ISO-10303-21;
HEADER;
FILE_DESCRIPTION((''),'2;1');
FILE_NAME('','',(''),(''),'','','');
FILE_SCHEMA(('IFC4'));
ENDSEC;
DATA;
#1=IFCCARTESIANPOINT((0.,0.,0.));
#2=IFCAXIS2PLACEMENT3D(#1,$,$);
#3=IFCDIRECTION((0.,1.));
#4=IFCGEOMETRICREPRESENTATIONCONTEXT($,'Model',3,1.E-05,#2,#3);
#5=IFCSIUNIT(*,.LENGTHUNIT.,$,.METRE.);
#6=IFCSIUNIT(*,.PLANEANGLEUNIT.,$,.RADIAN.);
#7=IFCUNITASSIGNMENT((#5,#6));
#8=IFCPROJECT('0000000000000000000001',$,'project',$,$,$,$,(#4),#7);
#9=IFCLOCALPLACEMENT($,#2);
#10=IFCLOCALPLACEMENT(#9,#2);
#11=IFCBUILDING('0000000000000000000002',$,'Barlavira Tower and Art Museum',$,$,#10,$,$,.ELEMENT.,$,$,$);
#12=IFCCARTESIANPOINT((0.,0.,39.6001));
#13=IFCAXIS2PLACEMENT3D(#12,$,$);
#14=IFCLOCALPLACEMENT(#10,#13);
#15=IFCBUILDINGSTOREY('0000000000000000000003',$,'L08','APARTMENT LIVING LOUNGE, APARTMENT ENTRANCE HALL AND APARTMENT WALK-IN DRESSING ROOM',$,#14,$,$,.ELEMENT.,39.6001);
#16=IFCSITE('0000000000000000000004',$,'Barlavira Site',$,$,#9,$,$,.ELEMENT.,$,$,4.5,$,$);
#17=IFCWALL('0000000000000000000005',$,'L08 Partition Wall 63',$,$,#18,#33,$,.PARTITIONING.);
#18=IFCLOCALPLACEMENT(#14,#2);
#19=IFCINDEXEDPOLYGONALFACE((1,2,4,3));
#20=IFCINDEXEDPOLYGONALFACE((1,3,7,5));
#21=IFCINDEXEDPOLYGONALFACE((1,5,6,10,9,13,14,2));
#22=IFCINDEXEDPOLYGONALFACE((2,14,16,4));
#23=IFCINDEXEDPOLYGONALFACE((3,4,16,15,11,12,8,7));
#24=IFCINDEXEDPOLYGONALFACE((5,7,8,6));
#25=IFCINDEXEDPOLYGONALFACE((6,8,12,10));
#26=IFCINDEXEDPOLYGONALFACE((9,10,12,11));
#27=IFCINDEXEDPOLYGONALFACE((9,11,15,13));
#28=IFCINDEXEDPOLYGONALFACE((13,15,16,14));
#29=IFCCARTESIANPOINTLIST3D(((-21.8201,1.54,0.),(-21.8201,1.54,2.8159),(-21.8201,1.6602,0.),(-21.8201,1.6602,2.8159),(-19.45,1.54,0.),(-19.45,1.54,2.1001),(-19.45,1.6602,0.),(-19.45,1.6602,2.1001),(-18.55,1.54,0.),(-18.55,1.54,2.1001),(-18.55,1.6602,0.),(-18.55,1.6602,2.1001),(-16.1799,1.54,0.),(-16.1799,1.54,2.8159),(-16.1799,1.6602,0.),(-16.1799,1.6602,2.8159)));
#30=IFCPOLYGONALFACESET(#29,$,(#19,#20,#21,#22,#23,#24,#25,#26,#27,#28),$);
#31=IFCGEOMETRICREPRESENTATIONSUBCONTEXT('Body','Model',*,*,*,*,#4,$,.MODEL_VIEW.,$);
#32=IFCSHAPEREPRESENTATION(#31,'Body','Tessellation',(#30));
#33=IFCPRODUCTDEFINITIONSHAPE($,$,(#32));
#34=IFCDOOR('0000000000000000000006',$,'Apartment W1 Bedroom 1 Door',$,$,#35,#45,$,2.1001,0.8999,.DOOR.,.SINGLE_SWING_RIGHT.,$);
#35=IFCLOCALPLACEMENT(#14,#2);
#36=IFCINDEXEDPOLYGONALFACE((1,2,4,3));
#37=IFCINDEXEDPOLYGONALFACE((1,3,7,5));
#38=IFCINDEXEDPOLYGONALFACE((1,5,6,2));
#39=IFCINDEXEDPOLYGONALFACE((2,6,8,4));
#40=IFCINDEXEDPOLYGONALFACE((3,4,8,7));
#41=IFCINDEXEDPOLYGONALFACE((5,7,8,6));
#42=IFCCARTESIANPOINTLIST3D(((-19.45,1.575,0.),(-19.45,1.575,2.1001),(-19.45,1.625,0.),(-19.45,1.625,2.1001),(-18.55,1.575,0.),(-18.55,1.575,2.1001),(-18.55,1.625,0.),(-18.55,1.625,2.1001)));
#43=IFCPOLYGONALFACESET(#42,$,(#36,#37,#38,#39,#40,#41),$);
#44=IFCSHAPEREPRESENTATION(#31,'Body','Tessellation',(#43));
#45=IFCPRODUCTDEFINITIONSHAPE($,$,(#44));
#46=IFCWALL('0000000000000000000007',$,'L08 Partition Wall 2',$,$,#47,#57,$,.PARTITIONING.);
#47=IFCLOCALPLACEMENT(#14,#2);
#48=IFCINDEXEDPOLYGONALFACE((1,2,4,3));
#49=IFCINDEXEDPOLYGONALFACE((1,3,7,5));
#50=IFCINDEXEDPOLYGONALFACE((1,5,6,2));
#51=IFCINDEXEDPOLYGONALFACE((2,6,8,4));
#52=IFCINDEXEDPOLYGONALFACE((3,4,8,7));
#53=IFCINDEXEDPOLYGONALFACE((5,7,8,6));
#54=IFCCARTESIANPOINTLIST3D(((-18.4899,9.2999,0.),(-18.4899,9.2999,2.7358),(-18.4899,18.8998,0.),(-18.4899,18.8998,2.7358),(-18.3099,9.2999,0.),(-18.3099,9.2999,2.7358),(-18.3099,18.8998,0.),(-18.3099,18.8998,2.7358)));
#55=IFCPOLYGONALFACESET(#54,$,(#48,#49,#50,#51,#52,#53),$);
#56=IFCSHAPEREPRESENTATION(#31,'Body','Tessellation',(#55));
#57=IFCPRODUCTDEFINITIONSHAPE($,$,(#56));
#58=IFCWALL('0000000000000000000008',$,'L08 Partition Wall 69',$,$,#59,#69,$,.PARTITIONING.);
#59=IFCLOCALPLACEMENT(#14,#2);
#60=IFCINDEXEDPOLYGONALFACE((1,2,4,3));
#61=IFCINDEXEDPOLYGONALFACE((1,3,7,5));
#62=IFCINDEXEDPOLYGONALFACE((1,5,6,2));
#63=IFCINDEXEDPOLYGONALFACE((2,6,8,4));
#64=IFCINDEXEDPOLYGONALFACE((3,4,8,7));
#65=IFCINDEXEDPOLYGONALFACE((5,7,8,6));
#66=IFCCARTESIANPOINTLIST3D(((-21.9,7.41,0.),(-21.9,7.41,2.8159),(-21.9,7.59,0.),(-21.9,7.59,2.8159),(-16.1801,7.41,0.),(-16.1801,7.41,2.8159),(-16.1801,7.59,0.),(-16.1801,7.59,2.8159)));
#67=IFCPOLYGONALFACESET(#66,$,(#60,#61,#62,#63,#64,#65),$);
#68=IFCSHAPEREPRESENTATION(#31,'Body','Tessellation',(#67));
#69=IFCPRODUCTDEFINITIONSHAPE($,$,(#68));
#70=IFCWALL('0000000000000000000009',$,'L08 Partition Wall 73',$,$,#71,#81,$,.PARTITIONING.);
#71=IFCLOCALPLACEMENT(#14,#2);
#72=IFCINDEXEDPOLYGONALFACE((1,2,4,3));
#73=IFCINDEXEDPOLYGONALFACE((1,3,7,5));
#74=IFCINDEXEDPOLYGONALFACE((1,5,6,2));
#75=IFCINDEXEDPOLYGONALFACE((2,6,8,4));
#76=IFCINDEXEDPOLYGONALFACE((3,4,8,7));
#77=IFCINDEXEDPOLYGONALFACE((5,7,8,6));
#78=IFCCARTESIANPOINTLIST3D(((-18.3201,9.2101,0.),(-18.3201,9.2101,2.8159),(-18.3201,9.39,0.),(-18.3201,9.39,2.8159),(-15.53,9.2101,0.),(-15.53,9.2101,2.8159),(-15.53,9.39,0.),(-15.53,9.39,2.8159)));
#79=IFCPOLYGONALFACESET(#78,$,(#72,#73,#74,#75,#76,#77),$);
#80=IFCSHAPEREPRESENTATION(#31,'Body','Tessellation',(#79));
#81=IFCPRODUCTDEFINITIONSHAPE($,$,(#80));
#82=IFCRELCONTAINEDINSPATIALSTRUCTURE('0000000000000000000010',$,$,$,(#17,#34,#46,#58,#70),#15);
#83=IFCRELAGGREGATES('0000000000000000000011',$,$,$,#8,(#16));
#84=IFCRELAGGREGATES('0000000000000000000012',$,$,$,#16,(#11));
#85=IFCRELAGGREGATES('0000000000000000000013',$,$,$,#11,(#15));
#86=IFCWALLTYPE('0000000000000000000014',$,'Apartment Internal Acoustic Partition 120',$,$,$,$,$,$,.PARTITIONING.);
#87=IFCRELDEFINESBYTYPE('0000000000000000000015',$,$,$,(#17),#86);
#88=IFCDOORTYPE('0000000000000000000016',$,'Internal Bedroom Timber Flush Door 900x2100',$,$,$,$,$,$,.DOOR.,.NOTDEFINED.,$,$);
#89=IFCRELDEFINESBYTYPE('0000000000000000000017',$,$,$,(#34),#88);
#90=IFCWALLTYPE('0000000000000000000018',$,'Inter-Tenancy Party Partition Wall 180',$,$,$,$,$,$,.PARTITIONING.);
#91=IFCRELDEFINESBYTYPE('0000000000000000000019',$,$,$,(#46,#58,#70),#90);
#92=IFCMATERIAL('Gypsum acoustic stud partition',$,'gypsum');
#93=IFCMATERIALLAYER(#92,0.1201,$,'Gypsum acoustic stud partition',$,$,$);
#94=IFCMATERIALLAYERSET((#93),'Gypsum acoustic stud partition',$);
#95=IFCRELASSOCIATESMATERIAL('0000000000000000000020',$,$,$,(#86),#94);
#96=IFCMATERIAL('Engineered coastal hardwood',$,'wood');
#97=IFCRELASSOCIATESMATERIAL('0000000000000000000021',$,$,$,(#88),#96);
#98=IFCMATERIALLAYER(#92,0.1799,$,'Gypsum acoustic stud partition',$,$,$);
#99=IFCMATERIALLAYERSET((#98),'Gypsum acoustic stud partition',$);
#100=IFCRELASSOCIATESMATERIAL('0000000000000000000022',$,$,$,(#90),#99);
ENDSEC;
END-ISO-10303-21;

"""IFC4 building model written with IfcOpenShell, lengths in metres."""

from ifc_helpers import new_model, si_unit, direction, frame, frame_2d, origin, place, context, subcontext, project, spatial, rectangle, extrude, material, layer, layer_set, type_object, element, fill, save


model = new_model("IFC4")

# Units and contexts
model_context = context("Model", 3, precision=1e-05, world=origin(), true_north=direction((0.0, 1.0)))
body_context = subcontext(model_context, "Body", "Model", "MODEL_VIEW")
ifc_project = project(units=[si_unit("LENGTHUNIT", "METRE"), si_unit("PLANEANGLEUNIT", "RADIAN")], contexts=[model_context])

# Site, building, storey
site_placement = place(None, origin())
site = spatial("IfcSite", under=ifc_project, at=site_placement, Name="Barlavira Site", CompositionType="ELEMENT", RefElevation=4.5)
building_placement = place(site_placement, origin())
building = spatial("IfcBuilding", under=site, at=building_placement, Name="Barlavira Tower and Art Museum", CompositionType="ELEMENT")
storey_placement = place(building_placement, frame((0.0, 0.0, 39.6001)))
storey = spatial("IfcBuildingStorey", under=building, at=storey_placement, Name="L08", Description="APARTMENT LIVING LOUNGE, APARTMENT ENTRANCE HALL AND APARTMENT WALK-IN DRESSING ROOM", CompositionType="ELEMENT", Elevation=39.6001)

# Wall, opening, door
ifc_material_1 = material(Name="Gypsum acoustic stud partition", Category="gypsum")
ifc_layer_1 = layer(ifc_material_1, 0.1201, Name="Gypsum acoustic stud partition")
ifc_layer_set_1 = layer_set([ifc_layer_1], Name="Gypsum acoustic stud partition")
wall_type_1 = type_object("IfcWallType", Name="Apartment Internal Acoustic Partition 120", PredefinedType="PARTITIONING", material=ifc_layer_set_1)
wall_1_placement = place(storey_placement, frame((-21.8201, 1.6001, 0.0), z_axis=(0.0, 0.0, 1.0), x_axis=(1.0, 0.0, 0.0)))
wall_1 = element("IfcWall", 1, at=wall_1_placement, inside=storey, type_object=wall_type_1, Name="L08 Partition Wall 63", PredefinedType="PARTITIONING", context=body_context, shape_type="SweptSolid", body=[
    extrude(rectangle(XDim=5.6401, YDim=0.1201, at=frame_2d((2.8201, 0.0))), origin(), (0.0, 0.0, 1.0), 2.8159),
])
opening_placement = place(wall_1_placement, frame((2.3701, 0.0, 0.0)))
opening = element("IfcOpeningElement", 2, at=opening_placement, cuts=wall_1, PredefinedType="OPENING", context=body_context, shape_type="SweptSolid", body=[
    extrude(rectangle(XDim=0.8999, YDim=2.1001, at=frame_2d((0.45, 1.05))), frame((0.0, 0.0701, 0.0), z_axis=(0.0, -1.0, 0.0), x_axis=(1.0, 0.0, 0.0)), (0.0, 0.0, 1.0), 0.1401),
])
ifc_material_2 = material(Name="Engineered coastal hardwood", Category="wood")
door_type = type_object("IfcDoorType", Name="Internal Bedroom Timber Flush Door 900x2100", OperationType="NOTDEFINED", PredefinedType="DOOR", material=ifc_material_2)
door_placement = place(opening_placement, origin())
door = element("IfcDoor", 3, at=door_placement, inside=storey, type_object=door_type, Name="Apartment W1 Bedroom 1 Door", OperationType="SINGLE_SWING_RIGHT", OverallHeight=2.1001, OverallWidth=0.8999, PredefinedType="DOOR", context=body_context, shape_type="SweptSolid", body=[
    extrude(rectangle(XDim=0.8999, YDim=2.1001, at=frame_2d((0.45, 1.05))), frame((0.0, 0.0249, 0.0), z_axis=(0.0, -1.0, 0.0), x_axis=(1.0, 0.0, 0.0)), (0.0, 0.0, 1.0), 0.05),
])
fill(opening, door)

# Walls
ifc_layer_2 = layer(ifc_material_1, 0.1799, Name="Gypsum acoustic stud partition")
ifc_layer_set_2 = layer_set([ifc_layer_2], Name="Gypsum acoustic stud partition")
wall_type_2 = type_object("IfcWallType", Name="Inter-Tenancy Party Partition Wall 180", PredefinedType="PARTITIONING", material=ifc_layer_set_2)
wall_2_placement = place(storey_placement, frame((-18.3999, 9.3, 0.0), z_axis=(0.0, 0.0, 1.0), x_axis=(0.0, 1.0, 0.0)))
element("IfcWall", 4, at=wall_2_placement, inside=storey, type_object=wall_type_2, Name="L08 Partition Wall 2", PredefinedType="PARTITIONING", context=body_context, shape_type="SweptSolid", body=[
    extrude(rectangle(XDim=9.5999, YDim=0.1799, at=frame_2d((4.7998, 0.0))), origin(), (0.0, 0.0, 1.0), 2.7358),
])
wall_3_placement = place(storey_placement, frame((-21.8999, 7.5, 0.0), z_axis=(0.0, 0.0, 1.0), x_axis=(1.0, 0.0, 0.0)))
element("IfcWall", 5, at=wall_3_placement, inside=storey, type_object=wall_type_2, Name="L08 Partition Wall 69", PredefinedType="PARTITIONING", context=body_context, shape_type="SweptSolid", body=[
    extrude(rectangle(XDim=5.72, YDim=0.1799, at=frame_2d((2.8599, 0.0))), origin(), (0.0, 0.0, 1.0), 2.8159),
])
wall_4_placement = place(storey_placement, frame((-18.3201, 9.3, 0.0), z_axis=(0.0, 0.0, 1.0), x_axis=(1.0, 0.0, 0.0)))
element("IfcWall", 6, at=wall_4_placement, inside=storey, type_object=wall_type_2, Name="L08 Partition Wall 73", PredefinedType="PARTITIONING", context=body_context, shape_type="SweptSolid", body=[
    extrude(rectangle(XDim=2.79, YDim=0.1799, at=frame_2d((1.395, 0.0))), origin(), (0.0, 0.0, 1.0), 2.8159),
])

save(model, "model.ifc")
